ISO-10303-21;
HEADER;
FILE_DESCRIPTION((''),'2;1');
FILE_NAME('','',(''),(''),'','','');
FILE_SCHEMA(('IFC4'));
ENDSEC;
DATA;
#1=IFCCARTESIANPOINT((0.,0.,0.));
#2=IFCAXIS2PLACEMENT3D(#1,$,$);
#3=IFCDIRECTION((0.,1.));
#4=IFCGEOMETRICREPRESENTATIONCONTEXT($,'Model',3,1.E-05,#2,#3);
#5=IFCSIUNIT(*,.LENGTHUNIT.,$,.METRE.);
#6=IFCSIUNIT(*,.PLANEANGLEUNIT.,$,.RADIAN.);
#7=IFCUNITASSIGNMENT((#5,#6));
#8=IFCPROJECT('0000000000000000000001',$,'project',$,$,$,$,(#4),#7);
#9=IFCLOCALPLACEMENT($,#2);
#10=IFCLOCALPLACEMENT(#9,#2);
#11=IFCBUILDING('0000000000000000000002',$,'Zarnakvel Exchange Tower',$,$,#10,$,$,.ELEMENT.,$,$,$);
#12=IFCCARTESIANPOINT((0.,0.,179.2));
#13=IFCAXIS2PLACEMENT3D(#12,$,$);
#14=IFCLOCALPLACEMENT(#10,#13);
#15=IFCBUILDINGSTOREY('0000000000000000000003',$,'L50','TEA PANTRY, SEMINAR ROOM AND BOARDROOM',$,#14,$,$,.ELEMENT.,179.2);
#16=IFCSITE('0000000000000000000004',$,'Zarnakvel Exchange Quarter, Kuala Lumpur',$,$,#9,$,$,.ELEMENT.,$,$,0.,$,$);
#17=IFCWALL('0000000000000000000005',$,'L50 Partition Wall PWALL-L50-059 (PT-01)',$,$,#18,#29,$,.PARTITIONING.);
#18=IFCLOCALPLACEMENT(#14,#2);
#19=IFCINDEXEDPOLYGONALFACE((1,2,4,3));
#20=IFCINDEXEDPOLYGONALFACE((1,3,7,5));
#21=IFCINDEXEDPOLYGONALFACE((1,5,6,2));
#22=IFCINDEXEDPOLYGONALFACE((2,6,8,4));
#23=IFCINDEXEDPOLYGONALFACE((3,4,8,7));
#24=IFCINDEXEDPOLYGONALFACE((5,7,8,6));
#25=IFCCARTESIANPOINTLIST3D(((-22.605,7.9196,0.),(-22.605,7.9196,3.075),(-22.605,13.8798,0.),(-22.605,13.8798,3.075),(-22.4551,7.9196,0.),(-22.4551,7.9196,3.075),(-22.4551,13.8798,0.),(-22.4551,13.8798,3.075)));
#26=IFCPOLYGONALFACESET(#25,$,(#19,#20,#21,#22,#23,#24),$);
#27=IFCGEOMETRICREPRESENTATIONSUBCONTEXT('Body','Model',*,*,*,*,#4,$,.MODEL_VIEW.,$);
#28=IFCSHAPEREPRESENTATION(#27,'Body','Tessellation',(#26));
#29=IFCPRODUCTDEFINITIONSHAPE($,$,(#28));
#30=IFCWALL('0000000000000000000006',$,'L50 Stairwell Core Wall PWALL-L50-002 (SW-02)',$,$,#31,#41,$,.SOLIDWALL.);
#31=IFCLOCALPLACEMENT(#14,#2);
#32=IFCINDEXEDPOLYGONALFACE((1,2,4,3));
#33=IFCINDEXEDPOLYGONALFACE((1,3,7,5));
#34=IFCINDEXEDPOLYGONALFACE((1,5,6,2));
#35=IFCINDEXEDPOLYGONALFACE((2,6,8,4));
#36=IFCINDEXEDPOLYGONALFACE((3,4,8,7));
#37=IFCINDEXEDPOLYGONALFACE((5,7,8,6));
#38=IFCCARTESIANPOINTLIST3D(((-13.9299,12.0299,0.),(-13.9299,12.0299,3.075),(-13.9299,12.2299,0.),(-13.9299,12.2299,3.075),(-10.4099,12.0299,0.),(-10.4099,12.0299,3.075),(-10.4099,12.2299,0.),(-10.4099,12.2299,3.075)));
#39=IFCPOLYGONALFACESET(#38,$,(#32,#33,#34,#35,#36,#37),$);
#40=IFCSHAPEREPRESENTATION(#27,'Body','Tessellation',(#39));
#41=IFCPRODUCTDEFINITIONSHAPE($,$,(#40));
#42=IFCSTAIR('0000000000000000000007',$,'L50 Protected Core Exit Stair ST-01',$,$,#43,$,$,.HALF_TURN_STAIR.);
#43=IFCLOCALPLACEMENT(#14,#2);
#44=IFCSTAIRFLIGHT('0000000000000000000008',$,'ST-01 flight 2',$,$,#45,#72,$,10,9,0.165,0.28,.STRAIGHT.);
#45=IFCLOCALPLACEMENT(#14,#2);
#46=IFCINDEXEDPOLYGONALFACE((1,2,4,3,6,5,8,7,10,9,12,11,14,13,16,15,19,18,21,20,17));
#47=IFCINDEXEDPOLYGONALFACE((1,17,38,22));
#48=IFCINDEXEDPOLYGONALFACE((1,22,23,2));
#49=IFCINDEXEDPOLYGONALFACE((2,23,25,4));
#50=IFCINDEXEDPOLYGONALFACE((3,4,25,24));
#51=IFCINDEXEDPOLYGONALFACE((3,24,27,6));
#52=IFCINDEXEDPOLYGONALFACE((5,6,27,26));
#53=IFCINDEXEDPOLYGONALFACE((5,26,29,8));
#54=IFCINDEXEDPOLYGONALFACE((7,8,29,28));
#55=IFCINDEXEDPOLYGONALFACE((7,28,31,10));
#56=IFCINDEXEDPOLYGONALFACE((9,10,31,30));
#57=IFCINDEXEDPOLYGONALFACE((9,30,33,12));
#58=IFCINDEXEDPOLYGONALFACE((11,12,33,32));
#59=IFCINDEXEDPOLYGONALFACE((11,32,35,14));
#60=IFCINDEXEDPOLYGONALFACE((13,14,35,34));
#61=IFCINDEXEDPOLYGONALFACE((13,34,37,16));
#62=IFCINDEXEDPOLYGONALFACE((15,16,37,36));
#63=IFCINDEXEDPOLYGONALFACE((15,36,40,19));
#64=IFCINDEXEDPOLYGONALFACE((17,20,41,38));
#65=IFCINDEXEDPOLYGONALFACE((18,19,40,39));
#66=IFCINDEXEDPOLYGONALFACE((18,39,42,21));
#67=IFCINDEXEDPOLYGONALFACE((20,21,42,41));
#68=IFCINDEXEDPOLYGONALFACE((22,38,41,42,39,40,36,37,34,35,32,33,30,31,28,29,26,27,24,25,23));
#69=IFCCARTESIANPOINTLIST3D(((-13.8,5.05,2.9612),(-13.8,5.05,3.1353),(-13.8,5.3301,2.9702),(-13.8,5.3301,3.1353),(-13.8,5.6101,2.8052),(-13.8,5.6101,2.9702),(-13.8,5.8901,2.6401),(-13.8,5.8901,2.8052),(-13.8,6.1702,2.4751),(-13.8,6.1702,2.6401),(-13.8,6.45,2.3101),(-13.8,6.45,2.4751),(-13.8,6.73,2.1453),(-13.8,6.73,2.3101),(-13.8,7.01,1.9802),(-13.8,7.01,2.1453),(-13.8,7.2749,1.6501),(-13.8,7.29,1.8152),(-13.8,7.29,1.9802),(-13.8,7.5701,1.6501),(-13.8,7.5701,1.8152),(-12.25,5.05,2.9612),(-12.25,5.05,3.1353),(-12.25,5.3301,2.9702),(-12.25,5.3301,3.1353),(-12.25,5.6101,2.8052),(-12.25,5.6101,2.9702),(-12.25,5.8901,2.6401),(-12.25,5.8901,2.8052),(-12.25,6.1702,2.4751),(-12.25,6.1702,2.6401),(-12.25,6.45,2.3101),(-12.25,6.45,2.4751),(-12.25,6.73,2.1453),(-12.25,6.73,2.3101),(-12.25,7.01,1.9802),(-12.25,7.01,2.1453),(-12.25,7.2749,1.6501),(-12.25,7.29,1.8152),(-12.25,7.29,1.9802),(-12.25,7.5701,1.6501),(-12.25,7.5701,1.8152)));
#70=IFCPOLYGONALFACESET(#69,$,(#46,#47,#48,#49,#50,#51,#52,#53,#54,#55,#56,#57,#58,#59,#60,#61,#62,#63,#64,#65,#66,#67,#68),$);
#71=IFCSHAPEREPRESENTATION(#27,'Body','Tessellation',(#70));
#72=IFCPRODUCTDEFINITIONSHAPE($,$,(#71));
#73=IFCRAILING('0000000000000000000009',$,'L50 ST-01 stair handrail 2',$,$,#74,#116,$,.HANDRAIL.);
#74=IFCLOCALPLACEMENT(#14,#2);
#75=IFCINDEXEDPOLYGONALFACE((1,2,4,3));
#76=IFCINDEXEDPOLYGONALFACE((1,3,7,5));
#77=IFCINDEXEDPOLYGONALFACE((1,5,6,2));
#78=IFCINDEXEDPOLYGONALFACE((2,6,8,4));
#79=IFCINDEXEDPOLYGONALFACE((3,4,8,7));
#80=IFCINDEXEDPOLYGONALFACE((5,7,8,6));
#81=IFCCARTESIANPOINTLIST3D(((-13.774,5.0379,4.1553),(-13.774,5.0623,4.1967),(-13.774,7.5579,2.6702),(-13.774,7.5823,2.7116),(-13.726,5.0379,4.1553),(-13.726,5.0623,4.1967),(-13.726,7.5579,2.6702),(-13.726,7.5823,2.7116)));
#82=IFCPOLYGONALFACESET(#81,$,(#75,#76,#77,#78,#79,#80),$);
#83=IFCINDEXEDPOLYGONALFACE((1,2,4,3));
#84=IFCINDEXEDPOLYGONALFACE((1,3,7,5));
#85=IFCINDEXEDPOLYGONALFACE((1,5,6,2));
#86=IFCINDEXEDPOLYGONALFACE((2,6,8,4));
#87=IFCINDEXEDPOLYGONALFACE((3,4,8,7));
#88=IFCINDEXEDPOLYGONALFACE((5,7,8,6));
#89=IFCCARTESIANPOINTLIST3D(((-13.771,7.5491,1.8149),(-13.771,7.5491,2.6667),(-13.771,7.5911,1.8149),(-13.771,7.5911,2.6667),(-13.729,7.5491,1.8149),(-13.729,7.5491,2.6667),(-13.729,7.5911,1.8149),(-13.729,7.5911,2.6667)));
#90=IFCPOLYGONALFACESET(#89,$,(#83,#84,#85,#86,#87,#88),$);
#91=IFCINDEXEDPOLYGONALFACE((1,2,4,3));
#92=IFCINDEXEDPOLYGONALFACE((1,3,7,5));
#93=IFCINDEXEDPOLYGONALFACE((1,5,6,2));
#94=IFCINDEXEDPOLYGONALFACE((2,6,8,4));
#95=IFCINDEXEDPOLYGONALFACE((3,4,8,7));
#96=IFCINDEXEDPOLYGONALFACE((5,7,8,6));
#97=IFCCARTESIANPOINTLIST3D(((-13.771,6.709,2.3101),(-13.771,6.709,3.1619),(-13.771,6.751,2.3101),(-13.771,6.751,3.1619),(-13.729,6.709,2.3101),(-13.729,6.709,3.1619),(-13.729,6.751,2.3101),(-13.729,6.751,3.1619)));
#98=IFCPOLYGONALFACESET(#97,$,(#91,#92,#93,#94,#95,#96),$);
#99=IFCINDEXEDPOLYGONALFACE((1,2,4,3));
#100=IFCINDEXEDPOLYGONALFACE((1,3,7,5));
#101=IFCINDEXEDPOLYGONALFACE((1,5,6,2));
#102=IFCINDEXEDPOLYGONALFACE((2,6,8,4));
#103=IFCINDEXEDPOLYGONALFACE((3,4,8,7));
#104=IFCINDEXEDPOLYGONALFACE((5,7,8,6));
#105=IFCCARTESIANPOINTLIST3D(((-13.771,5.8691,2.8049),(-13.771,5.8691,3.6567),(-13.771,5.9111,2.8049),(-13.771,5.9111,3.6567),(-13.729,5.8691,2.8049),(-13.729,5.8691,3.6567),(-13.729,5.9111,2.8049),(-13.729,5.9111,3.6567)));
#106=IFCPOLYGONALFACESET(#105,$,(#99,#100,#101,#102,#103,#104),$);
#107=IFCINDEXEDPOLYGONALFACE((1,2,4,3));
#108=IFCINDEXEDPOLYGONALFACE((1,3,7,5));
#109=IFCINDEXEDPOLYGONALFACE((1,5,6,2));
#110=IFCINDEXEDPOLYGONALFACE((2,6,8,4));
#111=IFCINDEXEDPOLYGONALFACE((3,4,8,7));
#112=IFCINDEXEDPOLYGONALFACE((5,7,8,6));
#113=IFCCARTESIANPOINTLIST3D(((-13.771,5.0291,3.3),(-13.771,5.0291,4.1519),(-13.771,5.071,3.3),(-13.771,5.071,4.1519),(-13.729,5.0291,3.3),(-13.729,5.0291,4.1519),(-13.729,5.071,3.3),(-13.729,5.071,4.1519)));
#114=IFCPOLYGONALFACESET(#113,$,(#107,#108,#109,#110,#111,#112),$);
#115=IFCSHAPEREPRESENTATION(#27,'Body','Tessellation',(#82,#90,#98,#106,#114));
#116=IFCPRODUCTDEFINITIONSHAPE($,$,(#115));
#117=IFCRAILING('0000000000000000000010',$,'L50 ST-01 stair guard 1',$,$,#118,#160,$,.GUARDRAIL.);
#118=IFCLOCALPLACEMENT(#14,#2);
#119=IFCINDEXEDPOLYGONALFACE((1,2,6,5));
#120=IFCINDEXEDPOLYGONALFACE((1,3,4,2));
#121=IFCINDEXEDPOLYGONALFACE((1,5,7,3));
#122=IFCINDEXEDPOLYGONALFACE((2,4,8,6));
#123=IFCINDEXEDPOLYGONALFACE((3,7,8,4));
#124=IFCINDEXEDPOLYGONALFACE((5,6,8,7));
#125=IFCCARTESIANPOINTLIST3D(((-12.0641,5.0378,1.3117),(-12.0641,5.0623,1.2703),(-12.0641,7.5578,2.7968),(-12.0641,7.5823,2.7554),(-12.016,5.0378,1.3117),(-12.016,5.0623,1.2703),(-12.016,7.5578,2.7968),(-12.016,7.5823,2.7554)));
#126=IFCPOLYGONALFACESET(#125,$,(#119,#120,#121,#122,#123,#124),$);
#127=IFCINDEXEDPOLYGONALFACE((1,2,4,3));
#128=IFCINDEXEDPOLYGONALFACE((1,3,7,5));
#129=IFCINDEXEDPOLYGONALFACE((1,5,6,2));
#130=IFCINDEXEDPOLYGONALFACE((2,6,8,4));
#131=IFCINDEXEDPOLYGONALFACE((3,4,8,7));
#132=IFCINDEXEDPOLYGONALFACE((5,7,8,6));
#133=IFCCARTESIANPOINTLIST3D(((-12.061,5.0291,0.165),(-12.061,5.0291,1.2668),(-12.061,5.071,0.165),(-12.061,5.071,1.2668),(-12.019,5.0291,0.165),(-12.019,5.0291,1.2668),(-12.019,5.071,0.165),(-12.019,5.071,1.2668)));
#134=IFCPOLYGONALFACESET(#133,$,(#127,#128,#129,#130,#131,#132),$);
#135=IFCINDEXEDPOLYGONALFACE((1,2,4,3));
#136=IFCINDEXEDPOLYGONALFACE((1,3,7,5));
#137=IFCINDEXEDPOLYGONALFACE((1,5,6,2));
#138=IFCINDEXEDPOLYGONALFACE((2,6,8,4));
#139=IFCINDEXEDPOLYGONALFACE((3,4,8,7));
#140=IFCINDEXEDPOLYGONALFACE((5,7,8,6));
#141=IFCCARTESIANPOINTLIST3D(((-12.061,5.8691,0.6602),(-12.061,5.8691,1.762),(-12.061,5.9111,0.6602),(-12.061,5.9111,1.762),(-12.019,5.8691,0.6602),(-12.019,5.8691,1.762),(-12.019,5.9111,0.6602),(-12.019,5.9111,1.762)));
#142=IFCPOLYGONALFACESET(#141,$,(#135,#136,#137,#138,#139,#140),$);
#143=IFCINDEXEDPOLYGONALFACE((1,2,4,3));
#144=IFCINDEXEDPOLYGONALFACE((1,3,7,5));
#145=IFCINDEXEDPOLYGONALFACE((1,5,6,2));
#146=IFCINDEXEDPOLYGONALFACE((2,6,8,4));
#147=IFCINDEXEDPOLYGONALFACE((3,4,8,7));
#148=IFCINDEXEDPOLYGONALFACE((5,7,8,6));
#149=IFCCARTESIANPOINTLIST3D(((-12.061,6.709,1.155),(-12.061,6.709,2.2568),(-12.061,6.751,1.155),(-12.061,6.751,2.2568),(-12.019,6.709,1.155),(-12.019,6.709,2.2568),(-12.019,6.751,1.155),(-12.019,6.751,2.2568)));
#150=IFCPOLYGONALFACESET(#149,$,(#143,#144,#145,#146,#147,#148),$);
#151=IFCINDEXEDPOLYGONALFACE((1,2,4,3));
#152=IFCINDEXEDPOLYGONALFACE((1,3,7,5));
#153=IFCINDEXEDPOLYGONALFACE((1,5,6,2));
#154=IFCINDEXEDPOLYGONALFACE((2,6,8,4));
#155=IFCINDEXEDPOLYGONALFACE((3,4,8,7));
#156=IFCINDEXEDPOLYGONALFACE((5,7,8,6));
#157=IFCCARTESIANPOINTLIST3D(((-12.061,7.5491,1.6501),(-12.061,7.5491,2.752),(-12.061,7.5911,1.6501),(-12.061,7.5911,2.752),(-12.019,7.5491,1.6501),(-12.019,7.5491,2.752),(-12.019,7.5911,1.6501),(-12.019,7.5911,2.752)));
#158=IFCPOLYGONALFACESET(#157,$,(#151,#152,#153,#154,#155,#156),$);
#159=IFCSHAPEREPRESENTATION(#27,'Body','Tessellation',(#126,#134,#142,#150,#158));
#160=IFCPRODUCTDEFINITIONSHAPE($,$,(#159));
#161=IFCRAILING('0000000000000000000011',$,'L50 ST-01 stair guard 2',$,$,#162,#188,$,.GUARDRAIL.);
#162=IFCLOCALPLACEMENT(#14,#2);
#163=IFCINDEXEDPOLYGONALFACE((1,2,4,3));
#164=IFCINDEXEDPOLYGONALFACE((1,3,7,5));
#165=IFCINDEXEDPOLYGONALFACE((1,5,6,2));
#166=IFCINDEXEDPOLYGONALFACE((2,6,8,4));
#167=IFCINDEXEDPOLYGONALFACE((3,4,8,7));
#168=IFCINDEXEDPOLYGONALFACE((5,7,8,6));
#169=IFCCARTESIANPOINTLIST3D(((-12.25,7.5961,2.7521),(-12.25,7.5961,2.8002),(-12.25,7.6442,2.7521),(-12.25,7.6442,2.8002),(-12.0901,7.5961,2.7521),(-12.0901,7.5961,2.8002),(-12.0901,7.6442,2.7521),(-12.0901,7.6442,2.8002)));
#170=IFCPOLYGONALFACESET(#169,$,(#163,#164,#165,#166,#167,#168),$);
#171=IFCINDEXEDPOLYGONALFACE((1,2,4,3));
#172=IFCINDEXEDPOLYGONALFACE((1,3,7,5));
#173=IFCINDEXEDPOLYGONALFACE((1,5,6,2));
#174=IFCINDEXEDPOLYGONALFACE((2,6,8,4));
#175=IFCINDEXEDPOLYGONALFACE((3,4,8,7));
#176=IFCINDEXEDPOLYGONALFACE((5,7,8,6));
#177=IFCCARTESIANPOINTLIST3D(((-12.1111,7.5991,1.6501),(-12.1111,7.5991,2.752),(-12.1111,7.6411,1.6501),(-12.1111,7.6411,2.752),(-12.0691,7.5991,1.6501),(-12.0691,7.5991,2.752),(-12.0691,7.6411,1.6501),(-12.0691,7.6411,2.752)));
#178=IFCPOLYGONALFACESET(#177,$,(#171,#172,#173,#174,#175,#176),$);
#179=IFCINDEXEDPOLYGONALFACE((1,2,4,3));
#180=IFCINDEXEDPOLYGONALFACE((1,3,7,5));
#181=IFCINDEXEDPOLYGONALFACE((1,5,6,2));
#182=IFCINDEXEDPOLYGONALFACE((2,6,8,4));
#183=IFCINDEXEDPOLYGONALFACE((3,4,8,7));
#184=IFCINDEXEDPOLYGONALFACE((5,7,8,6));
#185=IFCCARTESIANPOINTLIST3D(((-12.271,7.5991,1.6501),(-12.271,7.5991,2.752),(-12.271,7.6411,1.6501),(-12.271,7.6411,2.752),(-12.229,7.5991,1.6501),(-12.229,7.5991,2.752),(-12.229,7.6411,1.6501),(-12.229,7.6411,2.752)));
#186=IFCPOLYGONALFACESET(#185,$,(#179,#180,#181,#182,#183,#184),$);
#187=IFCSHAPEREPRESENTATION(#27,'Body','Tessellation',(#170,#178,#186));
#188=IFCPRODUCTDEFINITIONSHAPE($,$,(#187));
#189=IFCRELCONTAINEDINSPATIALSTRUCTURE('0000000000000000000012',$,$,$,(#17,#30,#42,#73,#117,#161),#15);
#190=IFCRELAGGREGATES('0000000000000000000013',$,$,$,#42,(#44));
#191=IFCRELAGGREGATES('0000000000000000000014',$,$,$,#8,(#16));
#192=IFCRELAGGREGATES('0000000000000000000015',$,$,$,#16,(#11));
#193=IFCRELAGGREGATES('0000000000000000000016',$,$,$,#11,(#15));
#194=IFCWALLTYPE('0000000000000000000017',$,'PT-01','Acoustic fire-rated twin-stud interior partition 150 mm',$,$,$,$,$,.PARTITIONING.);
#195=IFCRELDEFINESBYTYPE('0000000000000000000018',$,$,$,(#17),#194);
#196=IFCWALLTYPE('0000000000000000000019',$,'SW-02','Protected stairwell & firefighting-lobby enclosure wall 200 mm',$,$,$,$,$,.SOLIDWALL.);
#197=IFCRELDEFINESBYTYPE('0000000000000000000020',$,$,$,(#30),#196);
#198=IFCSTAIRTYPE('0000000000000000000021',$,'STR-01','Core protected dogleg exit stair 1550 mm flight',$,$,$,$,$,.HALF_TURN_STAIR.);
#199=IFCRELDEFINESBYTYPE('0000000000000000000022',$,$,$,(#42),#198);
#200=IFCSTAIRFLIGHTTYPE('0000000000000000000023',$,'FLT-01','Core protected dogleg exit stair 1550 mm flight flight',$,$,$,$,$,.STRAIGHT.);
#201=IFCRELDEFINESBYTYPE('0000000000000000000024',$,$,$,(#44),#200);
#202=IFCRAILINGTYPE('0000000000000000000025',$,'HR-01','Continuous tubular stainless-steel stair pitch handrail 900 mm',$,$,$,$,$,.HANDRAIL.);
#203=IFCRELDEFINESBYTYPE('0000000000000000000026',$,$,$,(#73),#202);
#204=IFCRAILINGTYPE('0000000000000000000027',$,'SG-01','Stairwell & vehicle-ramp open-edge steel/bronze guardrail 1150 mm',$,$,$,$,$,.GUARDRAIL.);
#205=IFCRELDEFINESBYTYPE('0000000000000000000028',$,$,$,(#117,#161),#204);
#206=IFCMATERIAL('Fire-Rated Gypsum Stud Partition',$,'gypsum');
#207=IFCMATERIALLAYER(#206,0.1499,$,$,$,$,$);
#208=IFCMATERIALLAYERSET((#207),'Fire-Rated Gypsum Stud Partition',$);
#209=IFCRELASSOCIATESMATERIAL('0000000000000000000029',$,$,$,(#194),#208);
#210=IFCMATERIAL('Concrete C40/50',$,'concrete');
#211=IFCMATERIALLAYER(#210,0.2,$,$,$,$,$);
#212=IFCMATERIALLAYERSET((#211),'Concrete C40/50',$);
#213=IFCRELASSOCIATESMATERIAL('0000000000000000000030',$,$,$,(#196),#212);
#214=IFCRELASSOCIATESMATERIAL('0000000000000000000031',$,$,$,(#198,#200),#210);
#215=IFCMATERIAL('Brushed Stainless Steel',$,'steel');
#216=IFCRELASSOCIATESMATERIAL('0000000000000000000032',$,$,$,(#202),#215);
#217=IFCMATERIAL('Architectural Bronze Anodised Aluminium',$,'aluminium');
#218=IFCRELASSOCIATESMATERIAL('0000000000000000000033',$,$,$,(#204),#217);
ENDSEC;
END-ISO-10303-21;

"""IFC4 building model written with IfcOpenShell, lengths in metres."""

from ifc_helpers import new_model, si_unit, direction, frame, frame_2d, origin, origin_2d, place, context, subcontext, project, spatial, polyline, rectangle, outline, extrude, material, layer, layer_set, type_object, element, aggregate, save


model = new_model("IFC4")

# Units and contexts
model_context = context("Model", 3, precision=1e-05, world=origin(), true_north=direction((0.0, 1.0)))
body_context = subcontext(model_context, "Body", "Model", "MODEL_VIEW")
ifc_project = project(units=[si_unit("LENGTHUNIT", "METRE"), si_unit("PLANEANGLEUNIT", "RADIAN")], contexts=[model_context])

# Site, building, storey
site_placement = place(None, origin())
site = spatial("IfcSite", under=ifc_project, at=site_placement, Name="Zarnakvel Exchange Quarter, Kuala Lumpur", CompositionType="ELEMENT", RefElevation=0.0)
building_placement = place(site_placement, origin())
building = spatial("IfcBuilding", under=site, at=building_placement, Name="Zarnakvel Exchange Tower", CompositionType="ELEMENT")
storey_placement = place(building_placement, frame((0.0, 0.0, 179.2)))
storey = spatial("IfcBuildingStorey", under=building, at=storey_placement, Name="L50", Description="TEA PANTRY, SEMINAR ROOM AND BOARDROOM", CompositionType="ELEMENT", Elevation=179.2)

# Shared definitions
ifc_material_1 = material(Name="Architectural Bronze Anodised Aluminium", Category="aluminium")

# Shared definitions
ifc_material_2 = material(Name="Fire-Rated Gypsum Stud Partition", Category="gypsum")
ifc_layer_1 = layer(ifc_material_2, 0.1499)
ifc_layer_set_1 = layer_set([ifc_layer_1], Name="Fire-Rated Gypsum Stud Partition")
wall_type_1 = type_object("IfcWallType", Name="PT-01", Description="Acoustic fire-rated twin-stud interior partition 150 mm", PredefinedType="PARTITIONING", material=ifc_layer_set_1)

# Walls
wall_1_placement = place(storey_placement, frame((-22.53, 7.9197, 0.0), z_axis=(0.0, 0.0, 1.0), x_axis=(0.0, 1.0, 0.0)))
element("IfcWall", 1, at=wall_1_placement, inside=storey, type_object=wall_type_1, Name="L50 Partition Wall PWALL-L50-059 (PT-01)", PredefinedType="PARTITIONING", context=body_context, shape_type="SweptSolid", body=[
    extrude(rectangle(XDim=5.9602, YDim=0.1499, at=frame_2d((2.98, 0.0))), origin(), (0.0, 0.0, 1.0), 3.075),
])
ifc_material_3 = material(Name="Concrete C40/50", Category="concrete")
ifc_layer_2 = layer(ifc_material_3, 0.2)
ifc_layer_set_2 = layer_set([ifc_layer_2], Name="Concrete C40/50")
wall_type_2 = type_object("IfcWallType", Name="SW-02", Description="Protected stairwell & firefighting-lobby enclosure wall 200 mm", PredefinedType="SOLIDWALL", material=ifc_layer_set_2)
wall_2_placement = place(storey_placement, frame((-13.9299, 12.1299, 0.0), z_axis=(0.0, 0.0, 1.0), x_axis=(1.0, 0.0, 0.0)))
element("IfcWall", 2, at=wall_2_placement, inside=storey, type_object=wall_type_2, Name="L50 Stairwell Core Wall PWALL-L50-002 (SW-02)", PredefinedType="SOLIDWALL", context=body_context, shape_type="SweptSolid", body=[
    extrude(rectangle(XDim=3.52, YDim=0.2, at=frame_2d((1.76, 0.0))), origin(), (0.0, 0.0, 1.0), 3.075),
])

# Stair, stair flight
stair_type = type_object("IfcStairType", Name="STR-01", Description="Core protected dogleg exit stair 1550 mm flight", PredefinedType="HALF_TURN_STAIR", material=ifc_material_3)
stair_placement = place(storey_placement, origin())
stair = element("IfcStair", 3, at=stair_placement, inside=storey, type_object=stair_type, Name="L50 Protected Core Exit Stair ST-01", PredefinedType="HALF_TURN_STAIR")
stair_flight_type = type_object("IfcStairFlightType", Name="FLT-01", Description="Core protected dogleg exit stair 1550 mm flight flight", PredefinedType="STRAIGHT", material=ifc_material_3)
stair_flight_placement = place(storey_placement, frame((-13.0249, 7.5701, 1.6501), z_axis=(0.0, 0.0, 1.0), x_axis=(0.0, -1.0, 0.0)))
stair_flight = element("IfcStairFlight", 4, at=stair_flight_placement, type_object=stair_flight_type, Name="ST-01 flight 2", NumberOfRisers=10, NumberOfTreads=9, PredefinedType="STRAIGHT", RiserHeight=0.165, TreadLength=0.28, context=body_context, shape_type="SweptSolid", body=[
    extrude(outline(polyline([(0.0, 0.0), (0.0, 0.165), (0.28, 0.165), (0.28, 0.3301), (0.5601, 0.3301), (0.5601, 0.4951), (0.8401, 0.4951), (0.8401, 0.6599), (1.1201, 0.6599), (1.1201, 0.825), (1.3999, 0.825), (1.3999, 0.99), (1.6799, 0.99), (1.6799, 1.155), (1.96, 1.155), (1.96, 1.3201), (2.24, 1.3201), (2.24, 1.4851), (2.52, 1.4851), (2.52, 1.6499), (2.52, 1.311), (0.2952, 0.0), (0.0, 0.0)])), frame((0.0, 0.7749, 0.0), z_axis=(0.0, -1.0, 0.0), x_axis=(1.0, 0.0, 0.0)), (0.0, 0.0, 1.0), 1.55),
])
aggregate(stair, [stair_flight])

# Railings
ifc_material_4 = material(Name="Brushed Stainless Steel", Category="steel")
railing_type_1 = type_object("IfcRailingType", Name="HR-01", Description="Continuous tubular stainless-steel stair pitch handrail 900 mm", PredefinedType="HANDRAIL", material=ifc_material_4)
railing_1_placement = place(storey_placement, frame((-13.75, 7.5701, 1.8149)))
element("IfcRailing", 5, at=railing_1_placement, inside=storey, type_object=railing_type_1, Name="L50 ST-01 stair handrail 2", PredefinedType="HANDRAIL", context=body_context, shape_type="SweptSolid", body=[
    extrude(rectangle(XDim=0.0481, YDim=0.0481, at=origin_2d()), frame((0.0, 0.0, 0.876), z_axis=(0.0, -0.861524, 0.507717), x_axis=(1.0, 0.0, 0.0)), (0.0, 0.0, 1.0), 2.925),
    extrude(rectangle(XDim=0.042, YDim=0.042, at=origin_2d()), origin(), (0.0, 0.0, 1.0), 0.8518),
    extrude(rectangle(XDim=0.042, YDim=0.042, at=origin_2d()), frame((0.0, -0.8401, 0.4951)), (0.0, 0.0, 1.0), 0.8518),
    extrude(rectangle(XDim=0.042, YDim=0.042, at=origin_2d()), frame((0.0, -1.6799, 0.99)), (0.0, 0.0, 1.0), 0.8518),
    extrude(rectangle(XDim=0.042, YDim=0.042, at=origin_2d()), frame((0.0, -2.52, 1.4851)), (0.0, 0.0, 1.0), 0.8518),
])
railing_type_2 = type_object("IfcRailingType", Name="SG-01", Description="Stairwell & vehicle-ramp open-edge steel/bronze guardrail 1150 mm", PredefinedType="GUARDRAIL", material=ifc_material_1)
railing_2_placement = place(storey_placement, frame((-12.04, 5.05, 0.165)))
element("IfcRailing", 6, at=railing_2_placement, inside=storey, type_object=railing_type_2, Name="L50 ST-01 stair guard 1", PredefinedType="GUARDRAIL", context=body_context, shape_type="SweptSolid", body=[
    extrude(rectangle(XDim=0.0481, YDim=0.0481, at=origin_2d()), frame((0.0, 0.0, 1.126), z_axis=(0.0, 0.861524, 0.507717), x_axis=(-1.0, 0.0, 0.0)), (0.0, 0.0, 1.0), 2.925),
    extrude(rectangle(XDim=0.042, YDim=0.042, at=origin_2d()), origin(), (0.0, 0.0, 1.0), 1.1018),
    extrude(rectangle(XDim=0.042, YDim=0.042, at=origin_2d()), frame((0.0, 0.8401, 0.4951)), (0.0, 0.0, 1.0), 1.1018),
    extrude(rectangle(XDim=0.042, YDim=0.042, at=origin_2d()), frame((0.0, 1.6799, 0.99)), (0.0, 0.0, 1.0), 1.1018),
    extrude(rectangle(XDim=0.042, YDim=0.042, at=origin_2d()), frame((0.0, 2.52, 1.4851)), (0.0, 0.0, 1.0), 1.1018),
])
railing_3_placement = place(storey_placement, frame((-12.0901, 7.6201, 1.6501)))
element("IfcRailing", 7, at=railing_3_placement, inside=storey, type_object=railing_type_2, Name="L50 ST-01 stair guard 2", PredefinedType="GUARDRAIL", context=body_context, shape_type="SweptSolid", body=[
    extrude(rectangle(XDim=0.0481, YDim=0.0481, at=origin_2d()), frame((0.0, 0.0, 1.126), z_axis=(-1.0, 0.0, 0.0), x_axis=(0.0, -1.0, 0.0)), (0.0, 0.0, 1.0), 0.1599),
    extrude(rectangle(XDim=0.042, YDim=0.042, at=origin_2d()), origin(), (0.0, 0.0, 1.0), 1.1018),
    extrude(rectangle(XDim=0.042, YDim=0.042, at=origin_2d()), frame((-0.1599, 0.0, 0.0)), (0.0, 0.0, 1.0), 1.1018),
])

save(model, "model.ifc")
